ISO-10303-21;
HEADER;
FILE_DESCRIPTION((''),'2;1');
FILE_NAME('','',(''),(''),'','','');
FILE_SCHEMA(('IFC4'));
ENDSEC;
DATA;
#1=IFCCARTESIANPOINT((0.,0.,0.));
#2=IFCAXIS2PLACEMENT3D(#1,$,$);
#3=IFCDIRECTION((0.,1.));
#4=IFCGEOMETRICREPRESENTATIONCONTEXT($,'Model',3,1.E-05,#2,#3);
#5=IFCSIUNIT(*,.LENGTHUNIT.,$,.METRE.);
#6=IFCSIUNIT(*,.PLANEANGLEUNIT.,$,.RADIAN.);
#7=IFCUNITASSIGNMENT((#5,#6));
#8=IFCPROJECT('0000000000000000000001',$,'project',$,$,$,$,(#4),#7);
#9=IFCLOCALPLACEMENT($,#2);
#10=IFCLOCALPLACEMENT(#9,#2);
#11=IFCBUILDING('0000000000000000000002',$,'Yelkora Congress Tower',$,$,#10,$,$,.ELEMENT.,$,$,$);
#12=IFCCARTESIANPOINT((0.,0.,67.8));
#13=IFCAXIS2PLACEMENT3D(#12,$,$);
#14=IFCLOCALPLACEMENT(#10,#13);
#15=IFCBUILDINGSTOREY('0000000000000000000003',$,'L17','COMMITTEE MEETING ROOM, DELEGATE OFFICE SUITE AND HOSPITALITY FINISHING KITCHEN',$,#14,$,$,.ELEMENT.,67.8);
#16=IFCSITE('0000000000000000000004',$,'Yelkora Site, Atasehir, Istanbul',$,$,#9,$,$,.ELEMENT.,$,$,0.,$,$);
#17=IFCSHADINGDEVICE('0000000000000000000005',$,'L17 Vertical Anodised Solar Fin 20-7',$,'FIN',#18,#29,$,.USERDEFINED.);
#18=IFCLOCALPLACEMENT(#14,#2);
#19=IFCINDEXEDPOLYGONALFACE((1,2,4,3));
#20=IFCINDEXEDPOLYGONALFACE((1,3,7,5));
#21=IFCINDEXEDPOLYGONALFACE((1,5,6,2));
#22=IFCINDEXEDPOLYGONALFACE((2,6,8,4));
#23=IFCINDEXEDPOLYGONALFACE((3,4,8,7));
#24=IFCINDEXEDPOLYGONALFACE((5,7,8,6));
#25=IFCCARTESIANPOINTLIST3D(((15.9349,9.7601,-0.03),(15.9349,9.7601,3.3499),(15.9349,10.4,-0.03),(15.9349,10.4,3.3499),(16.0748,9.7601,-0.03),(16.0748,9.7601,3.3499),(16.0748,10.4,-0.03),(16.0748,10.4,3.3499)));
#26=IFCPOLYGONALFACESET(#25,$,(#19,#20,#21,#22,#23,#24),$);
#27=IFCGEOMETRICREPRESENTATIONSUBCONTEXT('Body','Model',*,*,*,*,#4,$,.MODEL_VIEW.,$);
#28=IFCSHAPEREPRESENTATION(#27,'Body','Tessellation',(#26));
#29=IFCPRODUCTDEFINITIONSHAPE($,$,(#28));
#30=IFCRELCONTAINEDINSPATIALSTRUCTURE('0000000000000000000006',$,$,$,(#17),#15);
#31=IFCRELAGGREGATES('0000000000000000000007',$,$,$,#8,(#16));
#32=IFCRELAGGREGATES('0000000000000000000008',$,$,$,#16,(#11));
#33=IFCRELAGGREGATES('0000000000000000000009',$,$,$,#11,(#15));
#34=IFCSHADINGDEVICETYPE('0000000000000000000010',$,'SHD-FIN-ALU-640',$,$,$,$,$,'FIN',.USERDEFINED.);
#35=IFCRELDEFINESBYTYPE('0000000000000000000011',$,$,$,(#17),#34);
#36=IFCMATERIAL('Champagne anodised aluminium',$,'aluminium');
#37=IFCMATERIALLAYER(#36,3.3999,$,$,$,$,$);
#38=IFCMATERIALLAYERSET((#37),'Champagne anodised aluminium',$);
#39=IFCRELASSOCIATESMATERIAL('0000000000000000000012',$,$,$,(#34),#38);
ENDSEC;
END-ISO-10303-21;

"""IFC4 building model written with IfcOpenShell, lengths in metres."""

from ifc_helpers import new_model, si_unit, direction, frame, origin, origin_2d, place, context, subcontext, project, spatial, rectangle, extrude, material, layer, layer_set, type_object, element, save


model = new_model("IFC4")

# Units and contexts
model_context = context("Model", 3, precision=1e-05, world=origin(), true_north=direction((0.0, 1.0)))
body_context = subcontext(model_context, "Body", "Model", "MODEL_VIEW")
ifc_project = project(units=[si_unit("LENGTHUNIT", "METRE"), si_unit("PLANEANGLEUNIT", "RADIAN")], contexts=[model_context])

# Site, building, storey
site_placement = place(None, origin())
site = spatial("IfcSite", under=ifc_project, at=site_placement, Name="Yelkora Site, Atasehir, Istanbul", CompositionType="ELEMENT", RefElevation=0.0)
building_placement = place(site_placement, origin())
building = spatial("IfcBuilding", under=site, at=building_placement, Name="Yelkora Congress Tower", CompositionType="ELEMENT")
storey_placement = place(building_placement, frame((0.0, 0.0, 67.8)))
storey = spatial("IfcBuildingStorey", under=building, at=storey_placement, Name="L17", Description="COMMITTEE MEETING ROOM, DELEGATE OFFICE SUITE AND HOSPITALITY FINISHING KITCHEN", CompositionType="ELEMENT", Elevation=67.8)

# Shading device
ifc_material_1 = material(Name="Champagne anodised aluminium", Category="aluminium")
ifc_layer_1 = layer(ifc_material_1, 3.3999)
ifc_layer_set_1 = layer_set([ifc_layer_1], Name="Champagne anodised aluminium")
shading_device_type = type_object("IfcShadingDeviceType", Name="SHD-FIN-ALU-640", ElementType="FIN", PredefinedType="USERDEFINED", material=ifc_layer_set_1)
shading_device_placement = place(storey_placement, frame((16.0049, 10.0801, -0.03), z_axis=(0.0, 0.0, 1.0), x_axis=(-1.0, 0.0, 0.0)))
element("IfcShadingDevice", 1, at=shading_device_placement, inside=storey, type_object=shading_device_type, Name="L17 Vertical Anodised Solar Fin 20-7", ObjectType="FIN", PredefinedType="USERDEFINED", context=body_context, shape_type="SweptSolid", body=[
    extrude(rectangle(XDim=0.1399, YDim=0.6399, at=origin_2d()), origin(), (0.0, 0.0, 1.0), 3.3799),
])

save(model, "model.ifc")
